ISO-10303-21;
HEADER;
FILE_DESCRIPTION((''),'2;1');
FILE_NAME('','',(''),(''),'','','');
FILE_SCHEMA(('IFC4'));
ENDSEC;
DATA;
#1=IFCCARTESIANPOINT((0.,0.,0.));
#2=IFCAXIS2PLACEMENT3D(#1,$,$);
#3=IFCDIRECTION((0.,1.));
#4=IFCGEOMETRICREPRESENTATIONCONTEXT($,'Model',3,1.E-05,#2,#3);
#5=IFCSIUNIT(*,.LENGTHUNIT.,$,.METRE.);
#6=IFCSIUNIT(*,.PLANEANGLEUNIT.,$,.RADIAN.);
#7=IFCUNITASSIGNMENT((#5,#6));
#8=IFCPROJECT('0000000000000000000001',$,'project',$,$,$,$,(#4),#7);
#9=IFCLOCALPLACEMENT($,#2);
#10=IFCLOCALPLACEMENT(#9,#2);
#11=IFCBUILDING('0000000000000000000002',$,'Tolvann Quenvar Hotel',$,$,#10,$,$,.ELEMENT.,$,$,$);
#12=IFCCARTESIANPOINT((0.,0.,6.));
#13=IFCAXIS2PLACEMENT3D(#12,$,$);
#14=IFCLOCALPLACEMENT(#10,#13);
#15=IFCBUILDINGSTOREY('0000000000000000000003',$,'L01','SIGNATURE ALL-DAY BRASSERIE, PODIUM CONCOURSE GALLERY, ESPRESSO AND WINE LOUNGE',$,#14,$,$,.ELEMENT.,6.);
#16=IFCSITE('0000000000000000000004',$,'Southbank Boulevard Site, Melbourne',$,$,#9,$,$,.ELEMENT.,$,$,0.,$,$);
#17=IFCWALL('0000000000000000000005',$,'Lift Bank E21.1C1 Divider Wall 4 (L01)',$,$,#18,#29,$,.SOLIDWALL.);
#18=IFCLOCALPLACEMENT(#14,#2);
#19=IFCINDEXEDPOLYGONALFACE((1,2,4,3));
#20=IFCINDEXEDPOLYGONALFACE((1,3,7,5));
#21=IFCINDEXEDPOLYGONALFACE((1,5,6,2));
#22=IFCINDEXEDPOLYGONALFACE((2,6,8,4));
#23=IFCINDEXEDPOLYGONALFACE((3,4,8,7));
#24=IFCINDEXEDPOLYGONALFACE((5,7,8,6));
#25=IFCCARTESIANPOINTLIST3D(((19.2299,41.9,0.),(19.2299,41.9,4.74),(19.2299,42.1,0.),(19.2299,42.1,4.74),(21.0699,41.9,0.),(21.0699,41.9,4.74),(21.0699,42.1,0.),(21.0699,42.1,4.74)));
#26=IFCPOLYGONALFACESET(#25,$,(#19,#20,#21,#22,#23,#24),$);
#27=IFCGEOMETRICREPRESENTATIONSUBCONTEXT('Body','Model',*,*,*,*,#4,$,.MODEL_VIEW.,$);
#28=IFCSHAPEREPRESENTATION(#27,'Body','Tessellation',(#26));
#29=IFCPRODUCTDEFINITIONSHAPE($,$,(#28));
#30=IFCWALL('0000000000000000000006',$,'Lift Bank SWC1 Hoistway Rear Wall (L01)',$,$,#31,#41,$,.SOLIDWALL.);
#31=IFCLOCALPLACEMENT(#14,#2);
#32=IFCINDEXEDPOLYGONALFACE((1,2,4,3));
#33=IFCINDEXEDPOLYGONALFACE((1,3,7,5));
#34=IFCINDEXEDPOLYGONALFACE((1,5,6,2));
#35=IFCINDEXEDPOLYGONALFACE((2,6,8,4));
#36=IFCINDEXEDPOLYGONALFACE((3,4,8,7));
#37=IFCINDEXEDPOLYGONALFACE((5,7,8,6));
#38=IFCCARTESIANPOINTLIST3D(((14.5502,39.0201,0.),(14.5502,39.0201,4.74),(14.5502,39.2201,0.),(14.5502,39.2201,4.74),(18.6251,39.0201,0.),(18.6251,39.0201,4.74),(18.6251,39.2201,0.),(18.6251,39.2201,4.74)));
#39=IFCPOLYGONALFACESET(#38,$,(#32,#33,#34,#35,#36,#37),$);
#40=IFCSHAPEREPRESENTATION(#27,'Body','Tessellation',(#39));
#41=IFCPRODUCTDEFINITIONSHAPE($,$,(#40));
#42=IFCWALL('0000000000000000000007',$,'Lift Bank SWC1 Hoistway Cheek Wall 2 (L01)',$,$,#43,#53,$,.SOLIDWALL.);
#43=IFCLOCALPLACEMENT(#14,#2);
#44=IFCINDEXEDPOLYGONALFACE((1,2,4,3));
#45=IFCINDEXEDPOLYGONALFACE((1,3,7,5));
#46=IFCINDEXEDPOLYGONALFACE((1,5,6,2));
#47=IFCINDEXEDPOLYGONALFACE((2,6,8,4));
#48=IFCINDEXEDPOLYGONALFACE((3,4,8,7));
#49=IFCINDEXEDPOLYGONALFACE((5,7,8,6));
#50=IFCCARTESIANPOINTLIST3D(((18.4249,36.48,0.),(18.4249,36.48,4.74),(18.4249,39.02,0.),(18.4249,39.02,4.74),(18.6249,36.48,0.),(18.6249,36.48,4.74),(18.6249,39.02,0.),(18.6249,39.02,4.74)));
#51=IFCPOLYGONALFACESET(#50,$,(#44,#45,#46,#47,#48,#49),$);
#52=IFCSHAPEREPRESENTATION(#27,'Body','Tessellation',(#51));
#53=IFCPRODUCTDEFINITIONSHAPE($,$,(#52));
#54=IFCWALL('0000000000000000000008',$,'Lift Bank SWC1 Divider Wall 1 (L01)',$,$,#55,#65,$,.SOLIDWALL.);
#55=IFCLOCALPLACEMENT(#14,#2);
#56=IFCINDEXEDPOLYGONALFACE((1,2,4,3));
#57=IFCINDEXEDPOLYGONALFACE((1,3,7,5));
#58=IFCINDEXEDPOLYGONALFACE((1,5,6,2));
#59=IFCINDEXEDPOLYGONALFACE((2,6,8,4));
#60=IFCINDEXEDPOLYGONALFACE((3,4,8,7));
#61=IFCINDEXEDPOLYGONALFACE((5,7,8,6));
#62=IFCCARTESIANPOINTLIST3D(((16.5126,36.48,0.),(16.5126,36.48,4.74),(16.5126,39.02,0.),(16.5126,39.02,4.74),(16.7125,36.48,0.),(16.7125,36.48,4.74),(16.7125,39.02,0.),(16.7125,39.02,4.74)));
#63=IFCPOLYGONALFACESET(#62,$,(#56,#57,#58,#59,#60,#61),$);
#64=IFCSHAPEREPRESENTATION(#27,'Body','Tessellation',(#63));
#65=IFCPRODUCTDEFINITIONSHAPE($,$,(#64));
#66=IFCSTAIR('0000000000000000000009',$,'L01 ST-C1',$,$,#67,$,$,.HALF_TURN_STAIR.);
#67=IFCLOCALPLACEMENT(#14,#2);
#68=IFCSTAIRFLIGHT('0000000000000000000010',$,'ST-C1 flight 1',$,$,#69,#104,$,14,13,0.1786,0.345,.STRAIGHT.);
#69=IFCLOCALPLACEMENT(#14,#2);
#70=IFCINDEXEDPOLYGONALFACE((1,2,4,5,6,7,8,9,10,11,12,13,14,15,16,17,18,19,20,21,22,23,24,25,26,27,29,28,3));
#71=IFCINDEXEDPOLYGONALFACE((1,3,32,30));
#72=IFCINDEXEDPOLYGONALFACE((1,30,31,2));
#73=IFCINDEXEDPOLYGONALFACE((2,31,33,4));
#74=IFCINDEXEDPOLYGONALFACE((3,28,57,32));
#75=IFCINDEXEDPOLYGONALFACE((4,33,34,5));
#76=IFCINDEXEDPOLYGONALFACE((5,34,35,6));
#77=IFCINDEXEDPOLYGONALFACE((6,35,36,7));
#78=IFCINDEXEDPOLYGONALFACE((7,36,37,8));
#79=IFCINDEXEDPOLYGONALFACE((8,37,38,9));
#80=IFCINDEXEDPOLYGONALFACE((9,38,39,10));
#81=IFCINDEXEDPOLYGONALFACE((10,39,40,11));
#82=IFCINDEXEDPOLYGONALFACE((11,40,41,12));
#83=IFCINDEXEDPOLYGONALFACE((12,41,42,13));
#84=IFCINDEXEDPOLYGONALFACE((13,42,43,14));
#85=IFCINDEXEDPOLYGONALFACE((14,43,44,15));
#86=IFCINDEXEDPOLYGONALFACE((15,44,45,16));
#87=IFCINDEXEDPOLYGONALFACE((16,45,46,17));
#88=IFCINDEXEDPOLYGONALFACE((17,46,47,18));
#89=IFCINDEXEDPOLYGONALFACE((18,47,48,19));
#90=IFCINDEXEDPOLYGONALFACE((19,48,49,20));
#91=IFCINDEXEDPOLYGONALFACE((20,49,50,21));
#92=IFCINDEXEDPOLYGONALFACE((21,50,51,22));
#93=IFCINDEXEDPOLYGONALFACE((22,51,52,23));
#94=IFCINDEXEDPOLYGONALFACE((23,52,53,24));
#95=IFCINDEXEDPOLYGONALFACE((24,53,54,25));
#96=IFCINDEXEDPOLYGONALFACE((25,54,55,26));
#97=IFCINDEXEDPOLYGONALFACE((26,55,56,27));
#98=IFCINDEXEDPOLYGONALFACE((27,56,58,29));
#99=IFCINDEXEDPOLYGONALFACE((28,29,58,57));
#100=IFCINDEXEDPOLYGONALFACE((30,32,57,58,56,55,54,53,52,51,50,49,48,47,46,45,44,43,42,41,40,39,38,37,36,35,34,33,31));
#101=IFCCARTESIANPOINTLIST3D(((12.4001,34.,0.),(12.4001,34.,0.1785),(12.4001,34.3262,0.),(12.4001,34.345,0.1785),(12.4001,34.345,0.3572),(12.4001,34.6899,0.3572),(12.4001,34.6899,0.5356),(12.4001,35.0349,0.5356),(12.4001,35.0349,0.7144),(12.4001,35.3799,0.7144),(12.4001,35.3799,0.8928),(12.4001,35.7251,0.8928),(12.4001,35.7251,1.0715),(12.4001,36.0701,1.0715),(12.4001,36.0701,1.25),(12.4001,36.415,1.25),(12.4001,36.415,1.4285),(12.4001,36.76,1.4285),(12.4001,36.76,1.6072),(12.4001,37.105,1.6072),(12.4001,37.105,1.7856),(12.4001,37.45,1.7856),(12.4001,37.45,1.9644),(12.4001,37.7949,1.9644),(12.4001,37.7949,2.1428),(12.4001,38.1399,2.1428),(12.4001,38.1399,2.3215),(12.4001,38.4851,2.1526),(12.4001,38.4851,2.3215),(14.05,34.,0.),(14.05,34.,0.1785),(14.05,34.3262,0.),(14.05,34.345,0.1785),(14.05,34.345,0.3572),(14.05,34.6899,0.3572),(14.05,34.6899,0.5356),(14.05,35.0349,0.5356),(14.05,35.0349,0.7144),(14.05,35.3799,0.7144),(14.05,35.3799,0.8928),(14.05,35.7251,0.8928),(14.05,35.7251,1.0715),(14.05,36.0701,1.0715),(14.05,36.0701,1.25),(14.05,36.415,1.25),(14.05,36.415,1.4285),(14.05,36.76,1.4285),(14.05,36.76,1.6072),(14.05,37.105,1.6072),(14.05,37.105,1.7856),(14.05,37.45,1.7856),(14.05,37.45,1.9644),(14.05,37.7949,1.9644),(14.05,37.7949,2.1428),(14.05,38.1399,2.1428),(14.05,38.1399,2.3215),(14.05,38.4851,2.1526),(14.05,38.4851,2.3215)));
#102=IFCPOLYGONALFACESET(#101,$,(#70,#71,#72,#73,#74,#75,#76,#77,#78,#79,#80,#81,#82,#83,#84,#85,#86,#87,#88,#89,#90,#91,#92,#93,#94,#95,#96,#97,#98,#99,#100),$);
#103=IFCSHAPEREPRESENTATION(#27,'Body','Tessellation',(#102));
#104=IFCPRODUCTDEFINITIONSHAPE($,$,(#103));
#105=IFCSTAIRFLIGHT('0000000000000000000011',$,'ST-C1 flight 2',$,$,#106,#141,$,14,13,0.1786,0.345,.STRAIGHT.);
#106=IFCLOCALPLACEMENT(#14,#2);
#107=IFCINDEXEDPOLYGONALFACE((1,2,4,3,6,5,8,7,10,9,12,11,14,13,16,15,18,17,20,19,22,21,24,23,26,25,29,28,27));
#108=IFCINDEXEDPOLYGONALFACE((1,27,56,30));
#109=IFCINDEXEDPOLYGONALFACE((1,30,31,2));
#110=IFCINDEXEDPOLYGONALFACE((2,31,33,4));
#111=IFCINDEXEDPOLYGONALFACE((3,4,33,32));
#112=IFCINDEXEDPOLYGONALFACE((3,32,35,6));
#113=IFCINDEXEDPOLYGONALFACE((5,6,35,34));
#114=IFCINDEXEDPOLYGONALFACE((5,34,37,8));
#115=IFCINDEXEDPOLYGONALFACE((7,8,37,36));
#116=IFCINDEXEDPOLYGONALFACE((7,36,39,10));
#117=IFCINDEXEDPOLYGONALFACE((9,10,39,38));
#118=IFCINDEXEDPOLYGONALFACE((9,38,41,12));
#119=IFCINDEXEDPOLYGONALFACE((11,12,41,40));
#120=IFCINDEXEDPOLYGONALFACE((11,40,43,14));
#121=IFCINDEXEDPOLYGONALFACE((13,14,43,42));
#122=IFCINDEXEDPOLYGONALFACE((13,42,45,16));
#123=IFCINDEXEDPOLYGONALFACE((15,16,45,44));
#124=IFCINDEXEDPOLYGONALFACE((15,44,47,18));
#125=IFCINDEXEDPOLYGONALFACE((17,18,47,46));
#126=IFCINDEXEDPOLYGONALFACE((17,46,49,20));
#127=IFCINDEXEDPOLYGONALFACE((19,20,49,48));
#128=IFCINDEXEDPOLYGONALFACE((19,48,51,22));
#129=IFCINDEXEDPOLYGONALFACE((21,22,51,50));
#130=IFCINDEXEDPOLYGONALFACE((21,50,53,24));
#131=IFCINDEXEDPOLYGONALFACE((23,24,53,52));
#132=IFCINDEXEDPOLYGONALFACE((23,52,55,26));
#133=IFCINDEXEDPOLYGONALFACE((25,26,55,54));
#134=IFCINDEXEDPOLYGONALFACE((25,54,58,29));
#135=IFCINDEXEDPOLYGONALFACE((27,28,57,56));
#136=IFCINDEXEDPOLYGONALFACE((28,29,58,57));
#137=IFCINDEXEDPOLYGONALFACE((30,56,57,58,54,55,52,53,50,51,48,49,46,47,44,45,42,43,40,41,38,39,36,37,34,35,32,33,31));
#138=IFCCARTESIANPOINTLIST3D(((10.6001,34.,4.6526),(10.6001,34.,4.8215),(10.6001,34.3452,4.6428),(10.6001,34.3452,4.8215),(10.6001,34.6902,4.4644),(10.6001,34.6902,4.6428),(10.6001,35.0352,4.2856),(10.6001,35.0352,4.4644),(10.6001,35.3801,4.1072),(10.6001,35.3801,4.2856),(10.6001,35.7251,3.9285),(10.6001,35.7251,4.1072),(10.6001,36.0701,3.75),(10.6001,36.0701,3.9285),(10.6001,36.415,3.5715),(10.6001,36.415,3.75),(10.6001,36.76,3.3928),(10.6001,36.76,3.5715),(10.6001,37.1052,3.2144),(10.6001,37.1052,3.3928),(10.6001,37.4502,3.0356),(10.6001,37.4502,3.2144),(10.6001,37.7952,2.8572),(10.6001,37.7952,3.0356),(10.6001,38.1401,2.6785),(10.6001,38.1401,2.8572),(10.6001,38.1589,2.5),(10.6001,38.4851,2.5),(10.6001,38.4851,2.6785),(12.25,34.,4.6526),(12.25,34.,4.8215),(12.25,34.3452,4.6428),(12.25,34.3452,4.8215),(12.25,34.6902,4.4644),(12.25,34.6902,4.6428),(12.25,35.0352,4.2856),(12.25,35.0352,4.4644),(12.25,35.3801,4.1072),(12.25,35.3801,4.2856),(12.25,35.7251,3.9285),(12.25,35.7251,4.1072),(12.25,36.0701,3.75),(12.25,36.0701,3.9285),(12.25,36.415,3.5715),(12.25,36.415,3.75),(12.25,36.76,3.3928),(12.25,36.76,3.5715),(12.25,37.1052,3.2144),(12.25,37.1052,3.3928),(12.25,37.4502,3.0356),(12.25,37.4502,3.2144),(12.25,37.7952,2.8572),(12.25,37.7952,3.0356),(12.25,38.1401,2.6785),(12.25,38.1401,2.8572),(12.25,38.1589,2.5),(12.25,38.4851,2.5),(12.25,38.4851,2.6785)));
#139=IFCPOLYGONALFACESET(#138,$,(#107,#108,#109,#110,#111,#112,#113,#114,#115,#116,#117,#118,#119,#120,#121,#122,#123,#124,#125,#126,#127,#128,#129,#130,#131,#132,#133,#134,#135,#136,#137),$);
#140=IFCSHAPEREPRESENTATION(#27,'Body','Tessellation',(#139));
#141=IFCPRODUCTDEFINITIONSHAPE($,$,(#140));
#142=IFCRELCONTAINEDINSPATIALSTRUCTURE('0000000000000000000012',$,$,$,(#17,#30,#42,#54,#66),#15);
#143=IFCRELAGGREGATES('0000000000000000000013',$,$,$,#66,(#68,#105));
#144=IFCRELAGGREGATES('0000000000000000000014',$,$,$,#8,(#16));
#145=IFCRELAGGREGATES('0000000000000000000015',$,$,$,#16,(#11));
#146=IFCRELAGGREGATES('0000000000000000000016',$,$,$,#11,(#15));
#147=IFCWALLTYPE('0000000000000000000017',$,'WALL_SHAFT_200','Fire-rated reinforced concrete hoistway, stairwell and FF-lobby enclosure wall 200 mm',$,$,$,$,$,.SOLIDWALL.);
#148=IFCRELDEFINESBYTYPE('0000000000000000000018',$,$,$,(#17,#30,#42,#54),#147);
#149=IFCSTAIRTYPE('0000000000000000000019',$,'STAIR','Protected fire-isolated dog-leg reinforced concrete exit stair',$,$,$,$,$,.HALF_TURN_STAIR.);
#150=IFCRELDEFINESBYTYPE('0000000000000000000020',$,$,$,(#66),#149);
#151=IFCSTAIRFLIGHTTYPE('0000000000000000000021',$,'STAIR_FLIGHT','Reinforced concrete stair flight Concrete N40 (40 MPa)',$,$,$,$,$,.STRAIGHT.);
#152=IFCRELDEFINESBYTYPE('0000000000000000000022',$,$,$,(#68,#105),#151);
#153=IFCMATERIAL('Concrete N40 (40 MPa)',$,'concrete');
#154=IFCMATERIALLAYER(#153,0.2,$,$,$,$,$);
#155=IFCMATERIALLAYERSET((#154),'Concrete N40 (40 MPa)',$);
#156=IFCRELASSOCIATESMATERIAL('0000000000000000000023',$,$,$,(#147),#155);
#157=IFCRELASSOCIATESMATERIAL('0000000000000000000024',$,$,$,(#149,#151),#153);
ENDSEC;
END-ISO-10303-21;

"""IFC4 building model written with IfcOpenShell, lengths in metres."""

from ifc_helpers import new_model, si_unit, direction, frame, frame_2d, origin, place, context, subcontext, project, spatial, polyline, rectangle, outline, extrude, material, layer, layer_set, type_object, element, aggregate, save


model = new_model("IFC4")

# Units and contexts
model_context = context("Model", 3, precision=1e-05, world=origin(), true_north=direction((0.0, 1.0)))
body_context = subcontext(model_context, "Body", "Model", "MODEL_VIEW")
ifc_project = project(units=[si_unit("LENGTHUNIT", "METRE"), si_unit("PLANEANGLEUNIT", "RADIAN")], contexts=[model_context])

# Site, building, storey
site_placement = place(None, origin())
site = spatial("IfcSite", under=ifc_project, at=site_placement, Name="Southbank Boulevard Site, Melbourne", CompositionType="ELEMENT", RefElevation=0.0)
building_placement = place(site_placement, origin())
building = spatial("IfcBuilding", under=site, at=building_placement, Name="Tolvann Quenvar Hotel", CompositionType="ELEMENT")
storey_placement = place(building_placement, frame((0.0, 0.0, 6.0)))
storey = spatial("IfcBuildingStorey", under=building, at=storey_placement, Name="L01", Description="SIGNATURE ALL-DAY BRASSERIE, PODIUM CONCOURSE GALLERY, ESPRESSO AND WINE LOUNGE", CompositionType="ELEMENT", Elevation=6.0)

# Wall
ifc_material_1 = material(Name="Concrete N40 (40 MPa)", Category="concrete")
ifc_layer_1 = layer(ifc_material_1, 0.2)
ifc_layer_set_1 = layer_set([ifc_layer_1], Name="Concrete N40 (40 MPa)")
wall_type_1 = type_object("IfcWallType", Name="WALL_SHAFT_200", Description="Fire-rated reinforced concrete hoistway, stairwell and FF-lobby enclosure wall 200 mm", PredefinedType="SOLIDWALL", material=ifc_layer_set_1)
for number, where, z_axis, x_axis, name in (
    (1, (19.23, 42.0, 0.0), (0.0, 0.0, 1.0), (1.0, 0.0, 0.0), "Lift Bank E21.1C1 Divider Wall 4 (L01)"),
):
    element("IfcWall", number, at=place(storey_placement, frame(where, z_axis=z_axis, x_axis=x_axis)), inside=storey, type_object=wall_type_1, Name=name, PredefinedType="SOLIDWALL", context=body_context, shape_type="SweptSolid", body=[
        extrude(rectangle(XDim=1.8401, YDim=0.2, at=frame_2d((0.9199, 0.0))), origin(), (0.0, 0.0, 1.0), 4.74),
    ])

# Walls
wall_1_placement = place(storey_placement, frame((14.55, 39.1201, 0.0), z_axis=(0.0, 0.0, 1.0), x_axis=(1.0, 0.0, 0.0)))
element("IfcWall", 2, at=wall_1_placement, inside=storey, type_object=wall_type_1, Name="Lift Bank SWC1 Hoistway Rear Wall (L01)", PredefinedType="SOLIDWALL", context=body_context, shape_type="SweptSolid", body=[
    extrude(rectangle(XDim=4.075, YDim=0.2, at=frame_2d((2.0376, 0.0))), origin(), (0.0, 0.0, 1.0), 4.74),
])
for number, where, z_axis, x_axis, name in (
    (3, (18.5249, 36.48, 0.0), (0.0, 0.0, 1.0), (0.0, 1.0, 0.0), "Lift Bank SWC1 Hoistway Cheek Wall 2 (L01)"),
    (4, (16.6125, 36.48, 0.0), (0.0, 0.0, 1.0), (0.0, 1.0, 0.0), "Lift Bank SWC1 Divider Wall 1 (L01)"),
):
    element("IfcWall", number, at=place(storey_placement, frame(where, z_axis=z_axis, x_axis=x_axis)), inside=storey, type_object=wall_type_1, Name=name, PredefinedType="SOLIDWALL", context=body_context, shape_type="SweptSolid", body=[
        extrude(rectangle(XDim=2.54, YDim=0.2, at=frame_2d((1.27, 0.0))), origin(), (0.0, 0.0, 1.0), 4.74),
    ])

# Stair, stair flights
stair_type = type_object("IfcStairType", Name="STAIR", Description="Protected fire-isolated dog-leg reinforced concrete exit stair", PredefinedType="HALF_TURN_STAIR", material=ifc_material_1)
stair_placement = place(storey_placement, origin())
stair = element("IfcStair", 5, at=stair_placement, inside=storey, type_object=stair_type, Name="L01 ST-C1", PredefinedType="HALF_TURN_STAIR")
stair_flight_type = type_object("IfcStairFlightType", Name="STAIR_FLIGHT", Description="Reinforced concrete stair flight Concrete N40 (40 MPa)", PredefinedType="STRAIGHT", material=ifc_material_1)
stair_flight_1_placement = place(storey_placement, frame((13.2251, 34.0, 0.0), z_axis=(0.0, 0.0, 1.0), x_axis=(0.0, 1.0, 0.0)))
stair_flight_1 = element("IfcStairFlight", 6, at=stair_flight_1_placement, type_object=stair_flight_type, Name="ST-C1 flight 1", NumberOfRisers=14, NumberOfTreads=13, PredefinedType="STRAIGHT", RiserHeight=0.1786, TreadLength=0.345, context=body_context, shape_type="SweptSolid", body=[
    extrude(outline(polyline([(0.0, 0.0), (0.0, 0.1785), (0.345, 0.1785), (0.345, 0.3572), (0.6899, 0.3572), (0.6899, 0.5356), (1.0349, 0.5356), (1.0349, 0.7144), (1.3799, 0.7144), (1.3799, 0.8928), (1.7251, 0.8928), (1.7251, 1.0715), (2.0701, 1.0715), (2.0701, 1.25), (2.415, 1.25), (2.415, 1.4285), (2.76, 1.4285), (2.76, 1.6072), (3.105, 1.6072), (3.105, 1.7856), (3.45, 1.7856), (3.45, 1.9644), (3.7949, 1.9644), (3.7949, 2.1428), (4.1399, 2.1428), (4.1399, 2.3215), (4.4851, 2.3215), (4.4851, 2.5), (4.4851, 2.1526), (0.3262, 0.0), (0.0, 0.0)])), frame((0.0, 0.825, 0.0), z_axis=(0.0, -1.0, 0.0), x_axis=(1.0, 0.0, 0.0)), (0.0, 0.0, 1.0), 1.6499),
])
stair_flight_2_placement = place(storey_placement, frame((11.425, 38.4851, 2.5), z_axis=(0.0, 0.0, 1.0), x_axis=(0.0, -1.0, 0.0)))
stair_flight_2 = element("IfcStairFlight", 7, at=stair_flight_2_placement, type_object=stair_flight_type, Name="ST-C1 flight 2", NumberOfRisers=14, NumberOfTreads=13, PredefinedType="STRAIGHT", RiserHeight=0.1786, TreadLength=0.345, context=body_context, shape_type="SweptSolid", body=[
    extrude(outline(polyline([(0.0, 0.0), (0.0, 0.1785), (0.345, 0.1785), (0.345, 0.3572), (0.6899, 0.3572), (0.6899, 0.5356), (1.0349, 0.5356), (1.0349, 0.7144), (1.3799, 0.7144), (1.3799, 0.8928), (1.7251, 0.8928), (1.7251, 1.0715), (2.0701, 1.0715), (2.0701, 1.25), (2.415, 1.25), (2.415, 1.4285), (2.76, 1.4285), (2.76, 1.6072), (3.105, 1.6072), (3.105, 1.7856), (3.45, 1.7856), (3.45, 1.9644), (3.7949, 1.9644), (3.7949, 2.1428), (4.1399, 2.1428), (4.1399, 2.3215), (4.4851, 2.3215), (4.4851, 2.5), (4.4851, 2.1526), (0.3262, 0.0), (0.0, 0.0)])), frame((0.0, 0.825, 0.0), z_axis=(0.0, -1.0, 0.0), x_axis=(1.0, 0.0, 0.0)), (0.0, 0.0, 1.0), 1.6499),
])
aggregate(stair, [stair_flight_1, stair_flight_2])

save(model, "model.ifc")
